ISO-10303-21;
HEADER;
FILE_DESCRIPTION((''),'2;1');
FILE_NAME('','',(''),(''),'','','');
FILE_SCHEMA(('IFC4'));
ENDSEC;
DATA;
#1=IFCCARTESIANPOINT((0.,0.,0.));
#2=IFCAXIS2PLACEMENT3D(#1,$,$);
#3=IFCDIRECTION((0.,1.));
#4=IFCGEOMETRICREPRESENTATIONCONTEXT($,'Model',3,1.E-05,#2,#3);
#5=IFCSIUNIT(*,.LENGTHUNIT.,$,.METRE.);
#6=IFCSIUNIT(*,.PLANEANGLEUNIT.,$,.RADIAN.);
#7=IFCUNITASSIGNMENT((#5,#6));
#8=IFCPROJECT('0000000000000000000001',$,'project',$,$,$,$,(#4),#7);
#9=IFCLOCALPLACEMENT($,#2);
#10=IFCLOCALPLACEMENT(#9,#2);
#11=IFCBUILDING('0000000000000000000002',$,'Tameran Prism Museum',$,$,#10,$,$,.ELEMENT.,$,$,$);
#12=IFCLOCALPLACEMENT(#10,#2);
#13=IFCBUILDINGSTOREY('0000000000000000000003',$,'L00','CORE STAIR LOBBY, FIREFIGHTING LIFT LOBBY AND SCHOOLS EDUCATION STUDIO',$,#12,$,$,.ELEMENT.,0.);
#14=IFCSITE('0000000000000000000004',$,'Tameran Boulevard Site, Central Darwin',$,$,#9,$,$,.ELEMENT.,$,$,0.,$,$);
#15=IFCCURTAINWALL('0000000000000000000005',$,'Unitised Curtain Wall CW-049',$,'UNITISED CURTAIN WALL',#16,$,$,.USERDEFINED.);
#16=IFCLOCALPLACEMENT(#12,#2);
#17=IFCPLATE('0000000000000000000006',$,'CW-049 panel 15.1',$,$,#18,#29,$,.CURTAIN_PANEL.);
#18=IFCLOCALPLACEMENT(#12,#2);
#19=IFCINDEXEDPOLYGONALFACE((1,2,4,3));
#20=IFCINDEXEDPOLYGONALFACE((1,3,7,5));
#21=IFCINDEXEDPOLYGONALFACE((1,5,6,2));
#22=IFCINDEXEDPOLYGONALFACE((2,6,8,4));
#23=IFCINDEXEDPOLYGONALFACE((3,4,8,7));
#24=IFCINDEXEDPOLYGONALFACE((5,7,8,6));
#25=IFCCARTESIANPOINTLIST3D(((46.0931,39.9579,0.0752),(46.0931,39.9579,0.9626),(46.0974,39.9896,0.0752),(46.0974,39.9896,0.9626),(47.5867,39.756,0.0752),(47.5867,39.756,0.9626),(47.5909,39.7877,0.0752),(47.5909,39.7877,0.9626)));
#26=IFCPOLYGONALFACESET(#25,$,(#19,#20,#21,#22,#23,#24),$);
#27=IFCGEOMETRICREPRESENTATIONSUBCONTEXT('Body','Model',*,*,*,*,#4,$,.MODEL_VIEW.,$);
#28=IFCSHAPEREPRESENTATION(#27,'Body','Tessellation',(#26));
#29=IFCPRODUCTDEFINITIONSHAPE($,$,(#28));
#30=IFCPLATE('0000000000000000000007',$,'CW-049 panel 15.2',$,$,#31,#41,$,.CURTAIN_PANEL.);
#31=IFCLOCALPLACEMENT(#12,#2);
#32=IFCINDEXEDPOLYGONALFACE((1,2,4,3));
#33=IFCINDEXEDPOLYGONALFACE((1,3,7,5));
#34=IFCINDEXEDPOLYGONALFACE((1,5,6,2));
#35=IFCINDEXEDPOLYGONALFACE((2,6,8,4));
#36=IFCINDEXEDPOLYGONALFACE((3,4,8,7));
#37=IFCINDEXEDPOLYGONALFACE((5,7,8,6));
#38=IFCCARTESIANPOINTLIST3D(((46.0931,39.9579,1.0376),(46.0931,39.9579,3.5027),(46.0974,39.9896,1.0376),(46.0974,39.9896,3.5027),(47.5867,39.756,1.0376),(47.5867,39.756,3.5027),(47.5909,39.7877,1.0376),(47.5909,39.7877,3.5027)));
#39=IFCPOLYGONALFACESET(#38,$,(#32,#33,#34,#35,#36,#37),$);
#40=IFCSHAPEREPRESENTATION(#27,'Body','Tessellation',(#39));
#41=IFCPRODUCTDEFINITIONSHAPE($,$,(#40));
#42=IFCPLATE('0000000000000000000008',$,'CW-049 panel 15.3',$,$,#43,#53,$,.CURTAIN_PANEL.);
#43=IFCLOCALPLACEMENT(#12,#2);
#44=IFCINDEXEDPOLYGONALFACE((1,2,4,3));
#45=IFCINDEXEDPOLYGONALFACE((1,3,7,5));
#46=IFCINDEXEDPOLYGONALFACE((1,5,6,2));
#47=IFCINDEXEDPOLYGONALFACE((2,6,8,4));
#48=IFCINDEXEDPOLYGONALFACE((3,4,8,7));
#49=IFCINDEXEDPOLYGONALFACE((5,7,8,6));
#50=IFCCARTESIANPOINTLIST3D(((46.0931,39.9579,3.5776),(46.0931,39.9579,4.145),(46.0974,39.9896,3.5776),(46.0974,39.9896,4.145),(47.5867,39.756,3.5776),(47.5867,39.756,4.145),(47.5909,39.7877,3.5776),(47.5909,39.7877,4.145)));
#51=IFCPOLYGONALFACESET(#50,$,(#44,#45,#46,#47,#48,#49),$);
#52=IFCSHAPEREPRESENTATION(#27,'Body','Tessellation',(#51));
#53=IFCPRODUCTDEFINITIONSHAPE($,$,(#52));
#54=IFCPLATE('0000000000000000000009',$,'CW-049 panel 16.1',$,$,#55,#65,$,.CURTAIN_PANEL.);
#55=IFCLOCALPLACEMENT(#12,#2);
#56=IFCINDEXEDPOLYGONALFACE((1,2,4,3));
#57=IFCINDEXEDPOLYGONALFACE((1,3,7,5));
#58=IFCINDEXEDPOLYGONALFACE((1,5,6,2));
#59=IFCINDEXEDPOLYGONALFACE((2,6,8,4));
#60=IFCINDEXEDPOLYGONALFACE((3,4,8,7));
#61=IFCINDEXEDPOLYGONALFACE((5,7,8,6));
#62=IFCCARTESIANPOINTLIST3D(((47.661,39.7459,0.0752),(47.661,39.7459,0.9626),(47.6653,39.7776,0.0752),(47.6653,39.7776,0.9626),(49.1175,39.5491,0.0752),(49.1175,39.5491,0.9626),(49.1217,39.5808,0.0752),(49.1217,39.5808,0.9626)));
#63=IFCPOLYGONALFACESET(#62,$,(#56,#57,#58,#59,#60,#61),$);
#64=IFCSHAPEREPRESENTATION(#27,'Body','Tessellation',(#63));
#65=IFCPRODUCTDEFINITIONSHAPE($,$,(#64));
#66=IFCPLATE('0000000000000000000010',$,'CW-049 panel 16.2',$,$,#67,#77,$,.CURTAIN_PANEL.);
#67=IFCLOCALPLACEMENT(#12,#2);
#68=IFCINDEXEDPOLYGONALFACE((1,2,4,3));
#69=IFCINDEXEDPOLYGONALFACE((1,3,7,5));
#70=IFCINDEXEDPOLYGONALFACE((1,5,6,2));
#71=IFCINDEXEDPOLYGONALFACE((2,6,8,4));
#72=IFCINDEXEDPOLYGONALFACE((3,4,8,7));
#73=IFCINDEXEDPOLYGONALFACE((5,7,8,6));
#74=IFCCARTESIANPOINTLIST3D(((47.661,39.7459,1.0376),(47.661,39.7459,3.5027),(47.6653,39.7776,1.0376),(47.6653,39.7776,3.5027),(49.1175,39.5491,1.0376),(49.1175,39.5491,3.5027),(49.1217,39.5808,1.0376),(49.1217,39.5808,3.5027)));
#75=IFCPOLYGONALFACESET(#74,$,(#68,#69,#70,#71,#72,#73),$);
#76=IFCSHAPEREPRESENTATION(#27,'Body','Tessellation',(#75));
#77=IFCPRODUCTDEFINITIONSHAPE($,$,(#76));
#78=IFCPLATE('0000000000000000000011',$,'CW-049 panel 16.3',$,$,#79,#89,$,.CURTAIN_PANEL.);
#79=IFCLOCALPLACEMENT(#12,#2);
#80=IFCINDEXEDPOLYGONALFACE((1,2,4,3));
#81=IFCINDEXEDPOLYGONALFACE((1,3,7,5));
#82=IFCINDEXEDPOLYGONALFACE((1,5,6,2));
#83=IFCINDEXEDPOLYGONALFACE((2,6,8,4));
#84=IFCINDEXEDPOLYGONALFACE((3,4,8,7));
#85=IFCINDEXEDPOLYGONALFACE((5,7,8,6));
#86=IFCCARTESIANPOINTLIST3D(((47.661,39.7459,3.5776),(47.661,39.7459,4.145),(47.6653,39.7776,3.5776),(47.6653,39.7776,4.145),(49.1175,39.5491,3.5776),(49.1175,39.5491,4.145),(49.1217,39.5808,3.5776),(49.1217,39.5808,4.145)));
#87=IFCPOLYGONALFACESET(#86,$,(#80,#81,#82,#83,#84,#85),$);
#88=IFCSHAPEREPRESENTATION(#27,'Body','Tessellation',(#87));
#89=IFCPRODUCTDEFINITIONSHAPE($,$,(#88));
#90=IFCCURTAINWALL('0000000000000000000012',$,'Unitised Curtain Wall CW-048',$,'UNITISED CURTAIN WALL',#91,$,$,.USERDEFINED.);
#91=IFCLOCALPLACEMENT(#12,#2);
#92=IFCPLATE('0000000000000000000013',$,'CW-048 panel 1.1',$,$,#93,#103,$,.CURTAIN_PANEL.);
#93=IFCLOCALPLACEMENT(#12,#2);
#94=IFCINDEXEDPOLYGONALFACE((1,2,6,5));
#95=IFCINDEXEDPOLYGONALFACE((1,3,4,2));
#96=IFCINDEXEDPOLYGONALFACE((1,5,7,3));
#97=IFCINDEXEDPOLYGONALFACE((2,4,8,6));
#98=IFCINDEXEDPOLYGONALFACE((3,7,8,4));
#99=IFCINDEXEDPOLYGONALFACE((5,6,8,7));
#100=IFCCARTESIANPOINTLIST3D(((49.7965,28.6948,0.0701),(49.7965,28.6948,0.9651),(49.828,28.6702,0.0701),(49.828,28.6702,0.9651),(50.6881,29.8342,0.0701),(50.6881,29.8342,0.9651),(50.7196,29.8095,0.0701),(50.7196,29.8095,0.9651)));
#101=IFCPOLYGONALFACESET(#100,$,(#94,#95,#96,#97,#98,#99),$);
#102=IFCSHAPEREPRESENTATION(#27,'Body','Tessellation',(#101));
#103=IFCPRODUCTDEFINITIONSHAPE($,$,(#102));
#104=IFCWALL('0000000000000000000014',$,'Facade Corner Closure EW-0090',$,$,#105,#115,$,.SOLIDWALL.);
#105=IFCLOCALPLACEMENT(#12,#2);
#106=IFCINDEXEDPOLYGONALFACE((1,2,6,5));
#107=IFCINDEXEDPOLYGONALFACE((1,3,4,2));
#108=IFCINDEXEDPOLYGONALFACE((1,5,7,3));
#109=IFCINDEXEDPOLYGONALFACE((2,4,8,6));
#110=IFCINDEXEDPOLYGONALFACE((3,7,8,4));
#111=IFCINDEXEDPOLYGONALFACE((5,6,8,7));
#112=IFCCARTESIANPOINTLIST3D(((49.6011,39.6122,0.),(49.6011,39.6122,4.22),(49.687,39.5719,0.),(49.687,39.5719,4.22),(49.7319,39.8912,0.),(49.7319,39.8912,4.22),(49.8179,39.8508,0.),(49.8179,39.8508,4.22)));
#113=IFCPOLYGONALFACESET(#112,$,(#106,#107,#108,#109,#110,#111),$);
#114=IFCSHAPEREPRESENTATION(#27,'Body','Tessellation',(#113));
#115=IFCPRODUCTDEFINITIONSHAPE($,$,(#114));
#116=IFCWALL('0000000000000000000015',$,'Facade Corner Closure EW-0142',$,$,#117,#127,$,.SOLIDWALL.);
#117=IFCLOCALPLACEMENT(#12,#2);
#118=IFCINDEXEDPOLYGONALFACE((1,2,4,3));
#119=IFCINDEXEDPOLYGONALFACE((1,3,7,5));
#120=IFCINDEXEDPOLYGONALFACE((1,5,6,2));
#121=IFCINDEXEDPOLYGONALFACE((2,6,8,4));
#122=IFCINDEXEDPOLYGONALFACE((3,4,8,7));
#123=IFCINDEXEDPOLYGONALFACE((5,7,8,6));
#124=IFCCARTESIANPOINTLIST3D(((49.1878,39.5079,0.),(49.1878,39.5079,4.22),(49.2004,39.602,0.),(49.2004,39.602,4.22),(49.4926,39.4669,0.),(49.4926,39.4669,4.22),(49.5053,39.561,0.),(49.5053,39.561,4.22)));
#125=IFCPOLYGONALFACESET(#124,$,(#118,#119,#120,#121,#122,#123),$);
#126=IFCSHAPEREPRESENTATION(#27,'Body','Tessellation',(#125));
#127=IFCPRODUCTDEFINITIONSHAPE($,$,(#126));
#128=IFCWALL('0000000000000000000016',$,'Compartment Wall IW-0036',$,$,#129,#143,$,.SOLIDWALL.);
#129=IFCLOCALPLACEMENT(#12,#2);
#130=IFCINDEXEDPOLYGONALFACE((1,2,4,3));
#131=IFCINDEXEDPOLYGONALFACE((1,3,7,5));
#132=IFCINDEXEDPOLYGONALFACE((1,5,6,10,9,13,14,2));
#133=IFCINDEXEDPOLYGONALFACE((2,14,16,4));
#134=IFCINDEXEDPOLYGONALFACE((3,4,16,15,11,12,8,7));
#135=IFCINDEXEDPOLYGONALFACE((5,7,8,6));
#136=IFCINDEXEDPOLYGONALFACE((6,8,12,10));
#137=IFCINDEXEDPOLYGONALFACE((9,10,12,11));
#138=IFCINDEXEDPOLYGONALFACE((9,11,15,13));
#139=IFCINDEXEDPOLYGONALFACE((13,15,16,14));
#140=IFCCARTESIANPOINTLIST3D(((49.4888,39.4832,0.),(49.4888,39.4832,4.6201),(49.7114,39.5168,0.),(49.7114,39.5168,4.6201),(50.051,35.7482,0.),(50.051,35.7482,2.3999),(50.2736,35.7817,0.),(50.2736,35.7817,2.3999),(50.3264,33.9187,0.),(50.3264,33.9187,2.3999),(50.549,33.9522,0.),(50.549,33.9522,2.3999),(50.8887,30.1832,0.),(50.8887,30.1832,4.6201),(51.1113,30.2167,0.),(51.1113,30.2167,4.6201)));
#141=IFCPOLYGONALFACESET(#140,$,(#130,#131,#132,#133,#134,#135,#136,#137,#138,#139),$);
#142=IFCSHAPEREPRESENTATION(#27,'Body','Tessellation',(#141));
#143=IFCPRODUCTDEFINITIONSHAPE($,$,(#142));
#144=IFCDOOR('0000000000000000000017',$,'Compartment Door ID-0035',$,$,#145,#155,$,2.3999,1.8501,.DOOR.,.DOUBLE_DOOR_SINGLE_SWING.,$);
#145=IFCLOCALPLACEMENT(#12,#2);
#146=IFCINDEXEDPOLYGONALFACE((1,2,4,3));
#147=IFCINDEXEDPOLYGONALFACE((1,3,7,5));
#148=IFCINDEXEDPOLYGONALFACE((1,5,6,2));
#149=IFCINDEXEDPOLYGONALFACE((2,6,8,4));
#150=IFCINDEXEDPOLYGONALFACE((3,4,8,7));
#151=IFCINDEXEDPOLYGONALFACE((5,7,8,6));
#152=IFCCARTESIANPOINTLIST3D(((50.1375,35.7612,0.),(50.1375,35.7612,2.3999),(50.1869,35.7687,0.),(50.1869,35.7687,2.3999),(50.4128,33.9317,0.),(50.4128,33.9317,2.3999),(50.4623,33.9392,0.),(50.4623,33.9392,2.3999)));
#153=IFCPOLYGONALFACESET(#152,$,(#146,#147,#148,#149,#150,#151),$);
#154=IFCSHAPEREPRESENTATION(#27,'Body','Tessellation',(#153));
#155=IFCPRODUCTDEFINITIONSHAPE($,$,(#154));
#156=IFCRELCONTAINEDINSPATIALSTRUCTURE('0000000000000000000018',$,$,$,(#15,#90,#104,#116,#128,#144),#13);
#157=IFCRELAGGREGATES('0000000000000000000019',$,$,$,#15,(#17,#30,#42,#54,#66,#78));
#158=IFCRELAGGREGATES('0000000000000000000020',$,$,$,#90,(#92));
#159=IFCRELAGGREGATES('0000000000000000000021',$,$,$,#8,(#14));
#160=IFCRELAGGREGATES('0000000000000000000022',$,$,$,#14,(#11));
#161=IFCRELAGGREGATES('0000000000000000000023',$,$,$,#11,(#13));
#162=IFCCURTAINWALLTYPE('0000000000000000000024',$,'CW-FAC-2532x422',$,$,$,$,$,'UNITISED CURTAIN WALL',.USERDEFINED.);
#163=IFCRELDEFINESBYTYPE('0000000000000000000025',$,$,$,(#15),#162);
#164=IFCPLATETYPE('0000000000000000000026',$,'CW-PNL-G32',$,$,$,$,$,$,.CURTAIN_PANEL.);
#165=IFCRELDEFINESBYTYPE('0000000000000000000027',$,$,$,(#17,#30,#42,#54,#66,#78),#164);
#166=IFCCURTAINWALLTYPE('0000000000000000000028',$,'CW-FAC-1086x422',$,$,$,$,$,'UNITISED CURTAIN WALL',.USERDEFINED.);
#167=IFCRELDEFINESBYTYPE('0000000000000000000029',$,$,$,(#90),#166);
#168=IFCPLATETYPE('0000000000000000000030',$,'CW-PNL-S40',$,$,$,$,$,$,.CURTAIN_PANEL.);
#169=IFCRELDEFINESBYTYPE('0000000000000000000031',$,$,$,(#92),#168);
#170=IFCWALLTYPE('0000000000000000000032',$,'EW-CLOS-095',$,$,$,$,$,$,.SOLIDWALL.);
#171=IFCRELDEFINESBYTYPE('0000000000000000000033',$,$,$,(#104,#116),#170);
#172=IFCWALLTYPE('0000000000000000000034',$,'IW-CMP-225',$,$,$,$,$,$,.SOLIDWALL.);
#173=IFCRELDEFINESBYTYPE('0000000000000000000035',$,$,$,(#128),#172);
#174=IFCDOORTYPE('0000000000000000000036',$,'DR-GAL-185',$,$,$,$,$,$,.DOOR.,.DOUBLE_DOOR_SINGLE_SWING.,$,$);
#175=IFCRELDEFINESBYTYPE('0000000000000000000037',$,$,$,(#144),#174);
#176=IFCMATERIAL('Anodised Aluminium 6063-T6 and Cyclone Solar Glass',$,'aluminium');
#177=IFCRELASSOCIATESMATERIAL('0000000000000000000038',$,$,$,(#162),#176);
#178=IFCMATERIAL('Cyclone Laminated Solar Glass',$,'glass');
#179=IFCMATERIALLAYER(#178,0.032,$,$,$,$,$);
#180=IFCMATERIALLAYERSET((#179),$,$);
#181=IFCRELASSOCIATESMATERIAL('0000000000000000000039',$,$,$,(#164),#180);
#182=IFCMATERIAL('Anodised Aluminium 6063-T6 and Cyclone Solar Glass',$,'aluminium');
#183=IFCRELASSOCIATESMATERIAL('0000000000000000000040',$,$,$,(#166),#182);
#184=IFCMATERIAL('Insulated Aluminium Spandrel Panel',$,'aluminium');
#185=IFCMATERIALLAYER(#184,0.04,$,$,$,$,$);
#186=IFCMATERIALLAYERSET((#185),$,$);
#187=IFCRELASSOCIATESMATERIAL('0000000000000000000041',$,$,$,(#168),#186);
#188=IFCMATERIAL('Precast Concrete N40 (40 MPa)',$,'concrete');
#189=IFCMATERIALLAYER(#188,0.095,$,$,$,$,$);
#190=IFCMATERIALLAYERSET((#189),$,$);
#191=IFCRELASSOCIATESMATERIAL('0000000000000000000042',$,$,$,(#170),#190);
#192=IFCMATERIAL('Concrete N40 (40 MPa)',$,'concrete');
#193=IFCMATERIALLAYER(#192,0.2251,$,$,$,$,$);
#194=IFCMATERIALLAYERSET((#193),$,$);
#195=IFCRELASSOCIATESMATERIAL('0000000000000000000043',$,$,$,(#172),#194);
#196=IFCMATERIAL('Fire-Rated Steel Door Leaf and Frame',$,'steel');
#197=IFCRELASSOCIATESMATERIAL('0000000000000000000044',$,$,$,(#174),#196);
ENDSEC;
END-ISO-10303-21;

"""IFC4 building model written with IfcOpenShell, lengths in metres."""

from ifc_helpers import new_model, si_unit, direction, frame, frame_2d, origin, origin_2d, place, context, subcontext, project, spatial, rectangle, extrude, material, layer, layer_set, type_object, element, fill, aggregate, save


model = new_model("IFC4")

# Units and contexts
model_context = context("Model", 3, precision=1e-05, world=origin(), true_north=direction((0.0, 1.0)))
body_context = subcontext(model_context, "Body", "Model", "MODEL_VIEW")
ifc_project = project(units=[si_unit("LENGTHUNIT", "METRE"), si_unit("PLANEANGLEUNIT", "RADIAN")], contexts=[model_context])

# Site, building, storey
site_placement = place(None, origin())
site = spatial("IfcSite", under=ifc_project, at=site_placement, Name="Tameran Boulevard Site, Central Darwin", CompositionType="ELEMENT", RefElevation=0.0)
building_placement = place(site_placement, origin())
building = spatial("IfcBuilding", under=site, at=building_placement, Name="Tameran Prism Museum", CompositionType="ELEMENT")
storey_placement = place(building_placement, origin())
storey = spatial("IfcBuildingStorey", under=building, at=storey_placement, Name="L00", Description="CORE STAIR LOBBY, FIREFIGHTING LIFT LOBBY AND SCHOOLS EDUCATION STUDIO", CompositionType="ELEMENT", Elevation=0.0)

# Curtain wall
ifc_material_1 = material(Name="Anodised Aluminium 6063-T6 and Cyclone Solar Glass", Category="aluminium")
curtain_wall_type_1 = type_object("IfcCurtainWallType", Name="CW-FAC-2532x422", ElementType="UNITISED CURTAIN WALL", PredefinedType="USERDEFINED", material=ifc_material_1)
curtain_wall_1_placement = place(storey_placement, origin())
curtain_wall_1 = element("IfcCurtainWall", 1, at=curtain_wall_1_placement, inside=storey, type_object=curtain_wall_type_1, Name="Unitised Curtain Wall CW-049", ObjectType="UNITISED CURTAIN WALL", PredefinedType="USERDEFINED")

# Plates
ifc_material_2 = material(Name="Cyclone Laminated Solar Glass", Category="glass")
ifc_layer_1 = layer(ifc_material_2, 0.032)
ifc_layer_set_1 = layer_set([ifc_layer_1])
plate_type_1 = type_object("IfcPlateType", Name="CW-PNL-G32", PredefinedType="CURTAIN_PANEL", material=ifc_layer_set_1)
plate_1_placement = place(storey_placement, frame((46.842, 39.8728, 0.0752), z_axis=(0.0, 0.0, 1.0), x_axis=(0.990993, -0.133913, 0.0)))
plate_1 = element("IfcPlate", 2, at=plate_1_placement, type_object=plate_type_1, Name="CW-049 panel 15.1", PredefinedType="CURTAIN_PANEL", context=body_context, shape_type="SweptSolid", body=[
    extrude(rectangle(XDim=1.5071, YDim=0.032, at=origin_2d()), origin(), (0.0, 0.0, 1.0), 0.8875),
])
plate_2_placement = place(storey_placement, frame((46.842, 39.8728, 1.0376), z_axis=(0.0, 0.0, 1.0), x_axis=(0.990993, -0.133913, 0.0)))
plate_2 = element("IfcPlate", 3, at=plate_2_placement, type_object=plate_type_1, Name="CW-049 panel 15.2", PredefinedType="CURTAIN_PANEL", context=body_context, shape_type="SweptSolid", body=[
    extrude(rectangle(XDim=1.5071, YDim=0.032, at=origin_2d()), origin(), (0.0, 0.0, 1.0), 2.4651),
])
plate_3_placement = place(storey_placement, frame((46.842, 39.8728, 3.5776), z_axis=(0.0, 0.0, 1.0), x_axis=(0.990993, -0.133913, 0.0)))
plate_3 = element("IfcPlate", 4, at=plate_3_placement, type_object=plate_type_1, Name="CW-049 panel 15.3", PredefinedType="CURTAIN_PANEL", context=body_context, shape_type="SweptSolid", body=[
    extrude(rectangle(XDim=1.5071, YDim=0.032, at=origin_2d()), origin(), (0.0, 0.0, 1.0), 0.5674),
])
plate_4_placement = place(storey_placement, frame((48.3914, 39.6633, 0.0752), z_axis=(0.0, 0.0, 1.0), x_axis=(0.990993, -0.133913, 0.0)))
plate_4 = element("IfcPlate", 5, at=plate_4_placement, type_object=plate_type_1, Name="CW-049 panel 16.1", PredefinedType="CURTAIN_PANEL", context=body_context, shape_type="SweptSolid", body=[
    extrude(rectangle(XDim=1.4697, YDim=0.032, at=origin_2d()), origin(), (0.0, 0.0, 1.0), 0.8875),
])
plate_5_placement = place(storey_placement, frame((48.3914, 39.6633, 1.0376), z_axis=(0.0, 0.0, 1.0), x_axis=(0.990993, -0.133913, 0.0)))
plate_5 = element("IfcPlate", 6, at=plate_5_placement, type_object=plate_type_1, Name="CW-049 panel 16.2", PredefinedType="CURTAIN_PANEL", context=body_context, shape_type="SweptSolid", body=[
    extrude(rectangle(XDim=1.4697, YDim=0.032, at=origin_2d()), origin(), (0.0, 0.0, 1.0), 2.4651),
])
plate_6_placement = place(storey_placement, frame((48.3914, 39.6633, 3.5776), z_axis=(0.0, 0.0, 1.0), x_axis=(0.990993, -0.133913, 0.0)))
plate_6 = element("IfcPlate", 7, at=plate_6_placement, type_object=plate_type_1, Name="CW-049 panel 16.3", PredefinedType="CURTAIN_PANEL", context=body_context, shape_type="SweptSolid", body=[
    extrude(rectangle(XDim=1.4697, YDim=0.032, at=origin_2d()), origin(), (0.0, 0.0, 1.0), 0.5674),
])
aggregate(curtain_wall_1, [plate_1, plate_2, plate_3, plate_4, plate_5, plate_6])

# Curtain wall, plate
ifc_material_3 = material(Name="Anodised Aluminium 6063-T6 and Cyclone Solar Glass", Category="aluminium")
curtain_wall_type_2 = type_object("IfcCurtainWallType", Name="CW-FAC-1086x422", ElementType="UNITISED CURTAIN WALL", PredefinedType="USERDEFINED", material=ifc_material_3)
curtain_wall_2_placement = place(storey_placement, origin())
curtain_wall_2 = element("IfcCurtainWall", 8, at=curtain_wall_2_placement, inside=storey, type_object=curtain_wall_type_2, Name="Unitised Curtain Wall CW-048", ObjectType="UNITISED CURTAIN WALL", PredefinedType="USERDEFINED")
ifc_material_4 = material(Name="Insulated Aluminium Spandrel Panel", Category="aluminium")
ifc_layer_2 = layer(ifc_material_4, 0.04)
ifc_layer_set_2 = layer_set([ifc_layer_2])
plate_type_2 = type_object("IfcPlateType", Name="CW-PNL-S40", PredefinedType="CURTAIN_PANEL", material=ifc_layer_set_2)
plate_7_placement = place(storey_placement, frame((50.2581, 29.2522, 0.0701), z_axis=(0.0, 0.0, 1.0), x_axis=(-0.616283, -0.787524, 0.0)))
plate_7 = element("IfcPlate", 9, at=plate_7_placement, type_object=plate_type_2, Name="CW-048 panel 1.1", PredefinedType="CURTAIN_PANEL", context=body_context, shape_type="SweptSolid", body=[
    extrude(rectangle(XDim=1.4468, YDim=0.04, at=origin_2d()), origin(), (0.0, 0.0, 1.0), 0.895),
])
aggregate(curtain_wall_2, [plate_7])

# Walls
ifc_material_5 = material(Name="Precast Concrete N40 (40 MPa)", Category="concrete")
ifc_layer_3 = layer(ifc_material_5, 0.095)
ifc_layer_set_3 = layer_set([ifc_layer_3])
wall_type_1 = type_object("IfcWallType", Name="EW-CLOS-095", PredefinedType="SOLIDWALL", material=ifc_layer_set_3)
wall_1_placement = place(storey_placement, frame((49.644, 39.592, 0.0), z_axis=(0.0, 0.0, 1.0), x_axis=(0.424576, 0.905392, 0.0)))
element("IfcWall", 10, at=wall_1_placement, inside=storey, type_object=wall_type_1, Name="Facade Corner Closure EW-0090", PredefinedType="SOLIDWALL", context=body_context, shape_type="SweptSolid", body=[
    extrude(rectangle(XDim=0.3081, YDim=0.095, at=frame_2d((0.1541, 0.0))), origin(), (0.0, 0.0, 1.0), 4.22),
])
wall_2_placement = place(storey_placement, frame((49.1941, 39.5549, 0.0), z_axis=(0.0, 0.0, 1.0), x_axis=(0.991075, -0.133307, 0.0)))
element("IfcWall", 11, at=wall_2_placement, inside=storey, type_object=wall_type_1, Name="Facade Corner Closure EW-0142", PredefinedType="SOLIDWALL", context=body_context, shape_type="SweptSolid", body=[
    extrude(rectangle(XDim=0.3076, YDim=0.095, at=frame_2d((0.1538, 0.0))), origin(), (0.0, 0.0, 1.0), 4.22),
])

# Wall, opening, door
ifc_material_6 = material(Name="Concrete N40 (40 MPa)", Category="concrete")
ifc_layer_4 = layer(ifc_material_6, 0.2251)
ifc_layer_set_4 = layer_set([ifc_layer_4])
wall_type_2 = type_object("IfcWallType", Name="IW-CMP-225", PredefinedType="SOLIDWALL", material=ifc_layer_set_4)
wall_3_placement = place(storey_placement, frame((49.6001, 39.5, 0.0), z_axis=(0.0, 0.0, 1.0), x_axis=(0.148849, -0.98886, 0.0)))
wall_3 = element("IfcWall", 12, at=wall_3_placement, inside=storey, type_object=wall_type_2, Name="Compartment Wall IW-0036", PredefinedType="SOLIDWALL", context=body_context, shape_type="SweptSolid", body=[
    extrude(rectangle(XDim=9.4048, YDim=0.2251, at=frame_2d((4.7024, 0.0))), origin(), (0.0, 0.0, 1.0), 4.6201),
])
opening_placement = place(wall_3_placement, frame((3.7771, 0.0, 0.0)))
opening = element("IfcOpeningElement", 13, at=opening_placement, cuts=wall_3, PredefinedType="OPENING", context=body_context, shape_type="SweptSolid", body=[
    extrude(rectangle(XDim=1.8501, YDim=2.3999, at=frame_2d((0.925, 1.2))), frame((0.0, 0.1226, 0.0), z_axis=(0.0, -1.0, 0.0), x_axis=(1.0, 0.0, 0.0)), (0.0, 0.0, 1.0), 0.2451),
])
ifc_material_7 = material(Name="Fire-Rated Steel Door Leaf and Frame", Category="steel")
door_type = type_object("IfcDoorType", Name="DR-GAL-185", OperationType="DOUBLE_DOOR_SINGLE_SWING", PredefinedType="DOOR", material=ifc_material_7)
door_placement = place(opening_placement, origin())
door = element("IfcDoor", 14, at=door_placement, inside=storey, type_object=door_type, Name="Compartment Door ID-0035", OperationType="DOUBLE_DOOR_SINGLE_SWING", OverallHeight=2.3999, OverallWidth=1.8501, PredefinedType="DOOR", context=body_context, shape_type="SweptSolid", body=[
    extrude(rectangle(XDim=1.8501, YDim=2.3999, at=frame_2d((0.925, 1.2))), frame((0.0, 0.0249, 0.0), z_axis=(0.0, -1.0, 0.0), x_axis=(1.0, 0.0, 0.0)), (0.0, 0.0, 1.0), 0.05),
])
fill(opening, door)

save(model, "model.ifc")
